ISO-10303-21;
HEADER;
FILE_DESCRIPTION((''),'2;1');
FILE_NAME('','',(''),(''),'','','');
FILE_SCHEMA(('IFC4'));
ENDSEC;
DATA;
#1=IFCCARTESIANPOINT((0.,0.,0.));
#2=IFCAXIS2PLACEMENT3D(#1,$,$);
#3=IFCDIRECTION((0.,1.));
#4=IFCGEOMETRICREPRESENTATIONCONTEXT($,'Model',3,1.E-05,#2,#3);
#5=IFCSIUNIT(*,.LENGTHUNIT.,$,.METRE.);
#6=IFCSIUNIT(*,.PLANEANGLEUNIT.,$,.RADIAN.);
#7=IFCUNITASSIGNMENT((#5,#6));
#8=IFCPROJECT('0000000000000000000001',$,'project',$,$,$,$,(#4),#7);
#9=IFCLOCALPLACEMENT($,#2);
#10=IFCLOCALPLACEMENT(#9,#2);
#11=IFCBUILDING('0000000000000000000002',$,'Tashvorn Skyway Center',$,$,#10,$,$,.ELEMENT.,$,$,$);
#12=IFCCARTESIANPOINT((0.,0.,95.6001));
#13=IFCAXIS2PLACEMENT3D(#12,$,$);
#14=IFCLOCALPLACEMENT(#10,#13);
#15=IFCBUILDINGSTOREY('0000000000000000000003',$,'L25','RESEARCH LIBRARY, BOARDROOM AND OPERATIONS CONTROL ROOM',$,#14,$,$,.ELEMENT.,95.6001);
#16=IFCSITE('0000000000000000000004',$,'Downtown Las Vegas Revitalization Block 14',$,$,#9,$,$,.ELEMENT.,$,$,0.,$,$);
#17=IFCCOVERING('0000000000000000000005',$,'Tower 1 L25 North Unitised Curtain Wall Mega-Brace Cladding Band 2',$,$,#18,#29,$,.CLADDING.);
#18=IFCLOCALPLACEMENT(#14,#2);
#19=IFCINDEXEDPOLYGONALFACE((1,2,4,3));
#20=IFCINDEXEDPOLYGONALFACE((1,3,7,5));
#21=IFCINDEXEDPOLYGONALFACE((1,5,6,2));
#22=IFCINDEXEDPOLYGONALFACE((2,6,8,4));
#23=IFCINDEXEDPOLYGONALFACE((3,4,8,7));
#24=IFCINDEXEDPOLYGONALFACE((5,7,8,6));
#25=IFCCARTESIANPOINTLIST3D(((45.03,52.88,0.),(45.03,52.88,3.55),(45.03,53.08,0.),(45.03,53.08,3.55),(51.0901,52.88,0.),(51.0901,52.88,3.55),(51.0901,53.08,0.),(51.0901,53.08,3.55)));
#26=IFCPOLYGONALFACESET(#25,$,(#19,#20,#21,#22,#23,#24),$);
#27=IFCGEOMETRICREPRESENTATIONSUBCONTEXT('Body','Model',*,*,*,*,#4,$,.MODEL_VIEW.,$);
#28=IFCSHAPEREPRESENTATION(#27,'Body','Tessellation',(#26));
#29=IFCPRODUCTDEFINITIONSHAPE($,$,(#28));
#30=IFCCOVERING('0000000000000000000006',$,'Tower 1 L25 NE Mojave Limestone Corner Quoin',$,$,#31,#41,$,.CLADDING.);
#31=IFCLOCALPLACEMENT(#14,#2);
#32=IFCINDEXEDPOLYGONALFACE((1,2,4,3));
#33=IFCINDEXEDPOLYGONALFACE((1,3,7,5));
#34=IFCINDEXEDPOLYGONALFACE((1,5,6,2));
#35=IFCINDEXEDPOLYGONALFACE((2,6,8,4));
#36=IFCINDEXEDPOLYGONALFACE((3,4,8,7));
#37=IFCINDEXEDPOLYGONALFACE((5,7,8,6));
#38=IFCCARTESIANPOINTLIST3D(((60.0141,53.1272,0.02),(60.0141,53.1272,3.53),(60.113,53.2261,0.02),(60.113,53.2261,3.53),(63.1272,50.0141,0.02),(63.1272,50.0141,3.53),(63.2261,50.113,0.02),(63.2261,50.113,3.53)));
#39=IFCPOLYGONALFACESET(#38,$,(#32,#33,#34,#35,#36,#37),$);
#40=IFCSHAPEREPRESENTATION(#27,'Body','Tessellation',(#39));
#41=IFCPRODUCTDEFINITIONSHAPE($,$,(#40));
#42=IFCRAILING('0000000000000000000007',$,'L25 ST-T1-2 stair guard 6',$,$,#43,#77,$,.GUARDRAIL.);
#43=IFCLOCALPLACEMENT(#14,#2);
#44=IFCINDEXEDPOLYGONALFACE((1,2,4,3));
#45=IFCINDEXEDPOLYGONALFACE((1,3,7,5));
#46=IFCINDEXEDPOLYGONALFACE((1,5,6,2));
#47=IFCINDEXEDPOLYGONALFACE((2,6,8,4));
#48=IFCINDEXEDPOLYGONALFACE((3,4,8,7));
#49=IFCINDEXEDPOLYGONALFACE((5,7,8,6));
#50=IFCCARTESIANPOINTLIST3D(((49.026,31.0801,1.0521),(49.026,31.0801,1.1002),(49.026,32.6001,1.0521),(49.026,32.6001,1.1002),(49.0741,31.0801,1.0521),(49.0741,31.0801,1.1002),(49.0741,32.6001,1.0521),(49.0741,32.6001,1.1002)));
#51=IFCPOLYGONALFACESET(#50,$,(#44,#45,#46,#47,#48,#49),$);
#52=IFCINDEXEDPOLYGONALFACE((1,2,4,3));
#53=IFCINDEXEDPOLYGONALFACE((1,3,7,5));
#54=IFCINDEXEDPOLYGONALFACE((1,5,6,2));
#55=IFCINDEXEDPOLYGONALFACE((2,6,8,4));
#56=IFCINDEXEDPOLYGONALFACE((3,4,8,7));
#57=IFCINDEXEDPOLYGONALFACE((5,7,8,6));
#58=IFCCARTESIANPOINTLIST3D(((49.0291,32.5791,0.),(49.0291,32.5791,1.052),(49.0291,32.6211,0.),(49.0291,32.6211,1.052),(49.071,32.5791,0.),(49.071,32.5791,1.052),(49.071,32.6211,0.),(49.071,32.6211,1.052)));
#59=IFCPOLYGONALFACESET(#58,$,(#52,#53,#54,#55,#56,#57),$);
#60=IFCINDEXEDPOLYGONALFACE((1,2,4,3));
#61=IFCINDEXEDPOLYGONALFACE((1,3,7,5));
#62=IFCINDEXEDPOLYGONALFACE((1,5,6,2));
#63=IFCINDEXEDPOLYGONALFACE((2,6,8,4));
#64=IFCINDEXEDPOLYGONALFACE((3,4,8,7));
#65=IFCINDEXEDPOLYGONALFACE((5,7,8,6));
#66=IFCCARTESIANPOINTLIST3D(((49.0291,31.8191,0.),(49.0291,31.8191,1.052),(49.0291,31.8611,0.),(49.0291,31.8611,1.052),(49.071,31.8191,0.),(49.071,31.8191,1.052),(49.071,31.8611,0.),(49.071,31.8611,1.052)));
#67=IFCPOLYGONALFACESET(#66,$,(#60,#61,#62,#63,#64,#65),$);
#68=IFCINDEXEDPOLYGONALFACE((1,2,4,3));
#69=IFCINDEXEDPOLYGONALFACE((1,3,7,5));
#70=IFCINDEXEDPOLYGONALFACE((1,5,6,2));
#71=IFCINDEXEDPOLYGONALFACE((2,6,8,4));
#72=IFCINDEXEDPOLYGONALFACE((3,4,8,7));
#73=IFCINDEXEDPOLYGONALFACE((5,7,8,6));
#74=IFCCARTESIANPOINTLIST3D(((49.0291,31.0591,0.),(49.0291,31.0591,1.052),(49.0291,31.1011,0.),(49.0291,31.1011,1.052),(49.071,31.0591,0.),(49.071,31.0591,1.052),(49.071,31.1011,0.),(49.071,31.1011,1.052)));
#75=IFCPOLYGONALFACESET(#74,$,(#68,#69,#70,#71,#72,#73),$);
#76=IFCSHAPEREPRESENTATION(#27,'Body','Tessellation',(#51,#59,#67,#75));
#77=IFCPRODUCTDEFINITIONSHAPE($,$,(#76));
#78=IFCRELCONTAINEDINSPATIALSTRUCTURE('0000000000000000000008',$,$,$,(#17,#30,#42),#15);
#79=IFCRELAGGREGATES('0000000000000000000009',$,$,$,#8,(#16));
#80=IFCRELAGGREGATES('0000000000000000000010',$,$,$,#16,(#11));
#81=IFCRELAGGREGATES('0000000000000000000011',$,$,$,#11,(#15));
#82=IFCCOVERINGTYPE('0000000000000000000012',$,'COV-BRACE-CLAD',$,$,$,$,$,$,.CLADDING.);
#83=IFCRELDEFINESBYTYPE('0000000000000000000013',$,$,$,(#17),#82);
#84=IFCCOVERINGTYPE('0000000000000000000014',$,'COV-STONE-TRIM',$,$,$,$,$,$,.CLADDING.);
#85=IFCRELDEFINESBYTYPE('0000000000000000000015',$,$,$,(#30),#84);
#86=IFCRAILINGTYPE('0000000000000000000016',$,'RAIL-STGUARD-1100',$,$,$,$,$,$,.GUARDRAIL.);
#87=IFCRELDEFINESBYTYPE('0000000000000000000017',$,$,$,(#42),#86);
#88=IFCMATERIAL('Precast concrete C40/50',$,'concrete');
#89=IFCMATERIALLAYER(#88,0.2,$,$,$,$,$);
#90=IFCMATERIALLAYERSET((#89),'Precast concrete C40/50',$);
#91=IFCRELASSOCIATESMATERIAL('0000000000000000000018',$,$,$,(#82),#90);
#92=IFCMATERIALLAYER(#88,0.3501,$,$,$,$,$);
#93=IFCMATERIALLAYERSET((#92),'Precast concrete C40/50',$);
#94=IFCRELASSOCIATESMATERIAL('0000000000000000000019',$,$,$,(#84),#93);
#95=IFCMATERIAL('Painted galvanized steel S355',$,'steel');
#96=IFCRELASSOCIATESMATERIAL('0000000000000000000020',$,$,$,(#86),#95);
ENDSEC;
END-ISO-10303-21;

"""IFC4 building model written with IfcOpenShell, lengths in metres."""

from ifc_helpers import new_model, si_unit, direction, frame, origin, origin_2d, place, context, subcontext, project, spatial, rectangle, extrude, material, layer, layer_set, type_object, element, save


model = new_model("IFC4")

# Units and contexts
model_context = context("Model", 3, precision=1e-05, world=origin(), true_north=direction((0.0, 1.0)))
body_context = subcontext(model_context, "Body", "Model", "MODEL_VIEW")
ifc_project = project(units=[si_unit("LENGTHUNIT", "METRE"), si_unit("PLANEANGLEUNIT", "RADIAN")], contexts=[model_context])

# Site, building, storey
site_placement = place(None, origin())
site = spatial("IfcSite", under=ifc_project, at=site_placement, Name="Downtown Las Vegas Revitalization Block 14", CompositionType="ELEMENT", RefElevation=0.0)
building_placement = place(site_placement, origin())
building = spatial("IfcBuilding", under=site, at=building_placement, Name="Tashvorn Skyway Center", CompositionType="ELEMENT")
storey_placement = place(building_placement, frame((0.0, 0.0, 95.6001)))
storey = spatial("IfcBuildingStorey", under=building, at=storey_placement, Name="L25", Description="RESEARCH LIBRARY, BOARDROOM AND OPERATIONS CONTROL ROOM", CompositionType="ELEMENT", Elevation=95.6001)

# Shared definitions
ifc_material_1 = material(Name="Precast concrete C40/50", Category="concrete")

# Coverings
ifc_layer_1 = layer(ifc_material_1, 0.2)
ifc_layer_set_1 = layer_set([ifc_layer_1], Name="Precast concrete C40/50")
covering_type_1 = type_object("IfcCoveringType", Name="COV-BRACE-CLAD", PredefinedType="CLADDING", material=ifc_layer_set_1)
covering_1_placement = place(storey_placement, frame((48.0601, 52.98, 0.0), z_axis=(0.0, 0.0, 1.0), x_axis=(1.0, 0.0, 0.0)))
element("IfcCovering", 1, at=covering_1_placement, inside=storey, type_object=covering_type_1, Name="Tower 1 L25 North Unitised Curtain Wall Mega-Brace Cladding Band 2", PredefinedType="CLADDING", context=body_context, shape_type="SweptSolid", body=[
    extrude(rectangle(XDim=6.0601, YDim=0.2, at=origin_2d()), origin(), (0.0, 0.0, 1.0), 3.55),
])
ifc_layer_2 = layer(ifc_material_1, 0.3501)
ifc_layer_set_2 = layer_set([ifc_layer_2], Name="Precast concrete C40/50")
covering_type_2 = type_object("IfcCoveringType", Name="COV-STONE-TRIM", PredefinedType="CLADDING", material=ifc_layer_set_2)
covering_2_placement = place(storey_placement, frame((61.6201, 51.6201, 0.02), z_axis=(0.0, 0.0, 1.0), x_axis=(0.707107, -0.707107, 0.0)))
element("IfcCovering", 2, at=covering_2_placement, inside=storey, type_object=covering_type_2, Name="Tower 1 L25 NE Mojave Limestone Corner Quoin", PredefinedType="CLADDING", context=body_context, shape_type="SweptSolid", body=[
    extrude(rectangle(XDim=4.4026, YDim=0.1399, at=origin_2d()), origin(), (0.0, 0.0, 1.0), 3.51),
])

# Railing
ifc_material_2 = material(Name="Painted galvanized steel S355", Category="steel")
railing_type = type_object("IfcRailingType", Name="RAIL-STGUARD-1100", PredefinedType="GUARDRAIL", material=ifc_material_2)
railing_placement = place(storey_placement, frame((49.05, 32.6001, 0.0)))
element("IfcRailing", 3, at=railing_placement, inside=storey, type_object=railing_type, Name="L25 ST-T1-2 stair guard 6", PredefinedType="GUARDRAIL", context=body_context, shape_type="SweptSolid", body=[
    extrude(rectangle(XDim=0.0481, YDim=0.0481, at=origin_2d()), frame((0.0, 0.0, 1.0762), z_axis=(0.0, -1.0, 0.0), x_axis=(1.0, 0.0, 0.0)), (0.0, 0.0, 1.0), 1.52),
    extrude(rectangle(XDim=0.042, YDim=0.042, at=origin_2d()), origin(), (0.0, 0.0, 1.0), 1.052),
    extrude(rectangle(XDim=0.042, YDim=0.042, at=origin_2d()), frame((0.0, -0.76, 0.0)), (0.0, 0.0, 1.0), 1.052),
    extrude(rectangle(XDim=0.042, YDim=0.042, at=origin_2d()), frame((0.0, -1.52, 0.0)), (0.0, 0.0, 1.0), 1.052),
])

save(model, "model.ifc")
